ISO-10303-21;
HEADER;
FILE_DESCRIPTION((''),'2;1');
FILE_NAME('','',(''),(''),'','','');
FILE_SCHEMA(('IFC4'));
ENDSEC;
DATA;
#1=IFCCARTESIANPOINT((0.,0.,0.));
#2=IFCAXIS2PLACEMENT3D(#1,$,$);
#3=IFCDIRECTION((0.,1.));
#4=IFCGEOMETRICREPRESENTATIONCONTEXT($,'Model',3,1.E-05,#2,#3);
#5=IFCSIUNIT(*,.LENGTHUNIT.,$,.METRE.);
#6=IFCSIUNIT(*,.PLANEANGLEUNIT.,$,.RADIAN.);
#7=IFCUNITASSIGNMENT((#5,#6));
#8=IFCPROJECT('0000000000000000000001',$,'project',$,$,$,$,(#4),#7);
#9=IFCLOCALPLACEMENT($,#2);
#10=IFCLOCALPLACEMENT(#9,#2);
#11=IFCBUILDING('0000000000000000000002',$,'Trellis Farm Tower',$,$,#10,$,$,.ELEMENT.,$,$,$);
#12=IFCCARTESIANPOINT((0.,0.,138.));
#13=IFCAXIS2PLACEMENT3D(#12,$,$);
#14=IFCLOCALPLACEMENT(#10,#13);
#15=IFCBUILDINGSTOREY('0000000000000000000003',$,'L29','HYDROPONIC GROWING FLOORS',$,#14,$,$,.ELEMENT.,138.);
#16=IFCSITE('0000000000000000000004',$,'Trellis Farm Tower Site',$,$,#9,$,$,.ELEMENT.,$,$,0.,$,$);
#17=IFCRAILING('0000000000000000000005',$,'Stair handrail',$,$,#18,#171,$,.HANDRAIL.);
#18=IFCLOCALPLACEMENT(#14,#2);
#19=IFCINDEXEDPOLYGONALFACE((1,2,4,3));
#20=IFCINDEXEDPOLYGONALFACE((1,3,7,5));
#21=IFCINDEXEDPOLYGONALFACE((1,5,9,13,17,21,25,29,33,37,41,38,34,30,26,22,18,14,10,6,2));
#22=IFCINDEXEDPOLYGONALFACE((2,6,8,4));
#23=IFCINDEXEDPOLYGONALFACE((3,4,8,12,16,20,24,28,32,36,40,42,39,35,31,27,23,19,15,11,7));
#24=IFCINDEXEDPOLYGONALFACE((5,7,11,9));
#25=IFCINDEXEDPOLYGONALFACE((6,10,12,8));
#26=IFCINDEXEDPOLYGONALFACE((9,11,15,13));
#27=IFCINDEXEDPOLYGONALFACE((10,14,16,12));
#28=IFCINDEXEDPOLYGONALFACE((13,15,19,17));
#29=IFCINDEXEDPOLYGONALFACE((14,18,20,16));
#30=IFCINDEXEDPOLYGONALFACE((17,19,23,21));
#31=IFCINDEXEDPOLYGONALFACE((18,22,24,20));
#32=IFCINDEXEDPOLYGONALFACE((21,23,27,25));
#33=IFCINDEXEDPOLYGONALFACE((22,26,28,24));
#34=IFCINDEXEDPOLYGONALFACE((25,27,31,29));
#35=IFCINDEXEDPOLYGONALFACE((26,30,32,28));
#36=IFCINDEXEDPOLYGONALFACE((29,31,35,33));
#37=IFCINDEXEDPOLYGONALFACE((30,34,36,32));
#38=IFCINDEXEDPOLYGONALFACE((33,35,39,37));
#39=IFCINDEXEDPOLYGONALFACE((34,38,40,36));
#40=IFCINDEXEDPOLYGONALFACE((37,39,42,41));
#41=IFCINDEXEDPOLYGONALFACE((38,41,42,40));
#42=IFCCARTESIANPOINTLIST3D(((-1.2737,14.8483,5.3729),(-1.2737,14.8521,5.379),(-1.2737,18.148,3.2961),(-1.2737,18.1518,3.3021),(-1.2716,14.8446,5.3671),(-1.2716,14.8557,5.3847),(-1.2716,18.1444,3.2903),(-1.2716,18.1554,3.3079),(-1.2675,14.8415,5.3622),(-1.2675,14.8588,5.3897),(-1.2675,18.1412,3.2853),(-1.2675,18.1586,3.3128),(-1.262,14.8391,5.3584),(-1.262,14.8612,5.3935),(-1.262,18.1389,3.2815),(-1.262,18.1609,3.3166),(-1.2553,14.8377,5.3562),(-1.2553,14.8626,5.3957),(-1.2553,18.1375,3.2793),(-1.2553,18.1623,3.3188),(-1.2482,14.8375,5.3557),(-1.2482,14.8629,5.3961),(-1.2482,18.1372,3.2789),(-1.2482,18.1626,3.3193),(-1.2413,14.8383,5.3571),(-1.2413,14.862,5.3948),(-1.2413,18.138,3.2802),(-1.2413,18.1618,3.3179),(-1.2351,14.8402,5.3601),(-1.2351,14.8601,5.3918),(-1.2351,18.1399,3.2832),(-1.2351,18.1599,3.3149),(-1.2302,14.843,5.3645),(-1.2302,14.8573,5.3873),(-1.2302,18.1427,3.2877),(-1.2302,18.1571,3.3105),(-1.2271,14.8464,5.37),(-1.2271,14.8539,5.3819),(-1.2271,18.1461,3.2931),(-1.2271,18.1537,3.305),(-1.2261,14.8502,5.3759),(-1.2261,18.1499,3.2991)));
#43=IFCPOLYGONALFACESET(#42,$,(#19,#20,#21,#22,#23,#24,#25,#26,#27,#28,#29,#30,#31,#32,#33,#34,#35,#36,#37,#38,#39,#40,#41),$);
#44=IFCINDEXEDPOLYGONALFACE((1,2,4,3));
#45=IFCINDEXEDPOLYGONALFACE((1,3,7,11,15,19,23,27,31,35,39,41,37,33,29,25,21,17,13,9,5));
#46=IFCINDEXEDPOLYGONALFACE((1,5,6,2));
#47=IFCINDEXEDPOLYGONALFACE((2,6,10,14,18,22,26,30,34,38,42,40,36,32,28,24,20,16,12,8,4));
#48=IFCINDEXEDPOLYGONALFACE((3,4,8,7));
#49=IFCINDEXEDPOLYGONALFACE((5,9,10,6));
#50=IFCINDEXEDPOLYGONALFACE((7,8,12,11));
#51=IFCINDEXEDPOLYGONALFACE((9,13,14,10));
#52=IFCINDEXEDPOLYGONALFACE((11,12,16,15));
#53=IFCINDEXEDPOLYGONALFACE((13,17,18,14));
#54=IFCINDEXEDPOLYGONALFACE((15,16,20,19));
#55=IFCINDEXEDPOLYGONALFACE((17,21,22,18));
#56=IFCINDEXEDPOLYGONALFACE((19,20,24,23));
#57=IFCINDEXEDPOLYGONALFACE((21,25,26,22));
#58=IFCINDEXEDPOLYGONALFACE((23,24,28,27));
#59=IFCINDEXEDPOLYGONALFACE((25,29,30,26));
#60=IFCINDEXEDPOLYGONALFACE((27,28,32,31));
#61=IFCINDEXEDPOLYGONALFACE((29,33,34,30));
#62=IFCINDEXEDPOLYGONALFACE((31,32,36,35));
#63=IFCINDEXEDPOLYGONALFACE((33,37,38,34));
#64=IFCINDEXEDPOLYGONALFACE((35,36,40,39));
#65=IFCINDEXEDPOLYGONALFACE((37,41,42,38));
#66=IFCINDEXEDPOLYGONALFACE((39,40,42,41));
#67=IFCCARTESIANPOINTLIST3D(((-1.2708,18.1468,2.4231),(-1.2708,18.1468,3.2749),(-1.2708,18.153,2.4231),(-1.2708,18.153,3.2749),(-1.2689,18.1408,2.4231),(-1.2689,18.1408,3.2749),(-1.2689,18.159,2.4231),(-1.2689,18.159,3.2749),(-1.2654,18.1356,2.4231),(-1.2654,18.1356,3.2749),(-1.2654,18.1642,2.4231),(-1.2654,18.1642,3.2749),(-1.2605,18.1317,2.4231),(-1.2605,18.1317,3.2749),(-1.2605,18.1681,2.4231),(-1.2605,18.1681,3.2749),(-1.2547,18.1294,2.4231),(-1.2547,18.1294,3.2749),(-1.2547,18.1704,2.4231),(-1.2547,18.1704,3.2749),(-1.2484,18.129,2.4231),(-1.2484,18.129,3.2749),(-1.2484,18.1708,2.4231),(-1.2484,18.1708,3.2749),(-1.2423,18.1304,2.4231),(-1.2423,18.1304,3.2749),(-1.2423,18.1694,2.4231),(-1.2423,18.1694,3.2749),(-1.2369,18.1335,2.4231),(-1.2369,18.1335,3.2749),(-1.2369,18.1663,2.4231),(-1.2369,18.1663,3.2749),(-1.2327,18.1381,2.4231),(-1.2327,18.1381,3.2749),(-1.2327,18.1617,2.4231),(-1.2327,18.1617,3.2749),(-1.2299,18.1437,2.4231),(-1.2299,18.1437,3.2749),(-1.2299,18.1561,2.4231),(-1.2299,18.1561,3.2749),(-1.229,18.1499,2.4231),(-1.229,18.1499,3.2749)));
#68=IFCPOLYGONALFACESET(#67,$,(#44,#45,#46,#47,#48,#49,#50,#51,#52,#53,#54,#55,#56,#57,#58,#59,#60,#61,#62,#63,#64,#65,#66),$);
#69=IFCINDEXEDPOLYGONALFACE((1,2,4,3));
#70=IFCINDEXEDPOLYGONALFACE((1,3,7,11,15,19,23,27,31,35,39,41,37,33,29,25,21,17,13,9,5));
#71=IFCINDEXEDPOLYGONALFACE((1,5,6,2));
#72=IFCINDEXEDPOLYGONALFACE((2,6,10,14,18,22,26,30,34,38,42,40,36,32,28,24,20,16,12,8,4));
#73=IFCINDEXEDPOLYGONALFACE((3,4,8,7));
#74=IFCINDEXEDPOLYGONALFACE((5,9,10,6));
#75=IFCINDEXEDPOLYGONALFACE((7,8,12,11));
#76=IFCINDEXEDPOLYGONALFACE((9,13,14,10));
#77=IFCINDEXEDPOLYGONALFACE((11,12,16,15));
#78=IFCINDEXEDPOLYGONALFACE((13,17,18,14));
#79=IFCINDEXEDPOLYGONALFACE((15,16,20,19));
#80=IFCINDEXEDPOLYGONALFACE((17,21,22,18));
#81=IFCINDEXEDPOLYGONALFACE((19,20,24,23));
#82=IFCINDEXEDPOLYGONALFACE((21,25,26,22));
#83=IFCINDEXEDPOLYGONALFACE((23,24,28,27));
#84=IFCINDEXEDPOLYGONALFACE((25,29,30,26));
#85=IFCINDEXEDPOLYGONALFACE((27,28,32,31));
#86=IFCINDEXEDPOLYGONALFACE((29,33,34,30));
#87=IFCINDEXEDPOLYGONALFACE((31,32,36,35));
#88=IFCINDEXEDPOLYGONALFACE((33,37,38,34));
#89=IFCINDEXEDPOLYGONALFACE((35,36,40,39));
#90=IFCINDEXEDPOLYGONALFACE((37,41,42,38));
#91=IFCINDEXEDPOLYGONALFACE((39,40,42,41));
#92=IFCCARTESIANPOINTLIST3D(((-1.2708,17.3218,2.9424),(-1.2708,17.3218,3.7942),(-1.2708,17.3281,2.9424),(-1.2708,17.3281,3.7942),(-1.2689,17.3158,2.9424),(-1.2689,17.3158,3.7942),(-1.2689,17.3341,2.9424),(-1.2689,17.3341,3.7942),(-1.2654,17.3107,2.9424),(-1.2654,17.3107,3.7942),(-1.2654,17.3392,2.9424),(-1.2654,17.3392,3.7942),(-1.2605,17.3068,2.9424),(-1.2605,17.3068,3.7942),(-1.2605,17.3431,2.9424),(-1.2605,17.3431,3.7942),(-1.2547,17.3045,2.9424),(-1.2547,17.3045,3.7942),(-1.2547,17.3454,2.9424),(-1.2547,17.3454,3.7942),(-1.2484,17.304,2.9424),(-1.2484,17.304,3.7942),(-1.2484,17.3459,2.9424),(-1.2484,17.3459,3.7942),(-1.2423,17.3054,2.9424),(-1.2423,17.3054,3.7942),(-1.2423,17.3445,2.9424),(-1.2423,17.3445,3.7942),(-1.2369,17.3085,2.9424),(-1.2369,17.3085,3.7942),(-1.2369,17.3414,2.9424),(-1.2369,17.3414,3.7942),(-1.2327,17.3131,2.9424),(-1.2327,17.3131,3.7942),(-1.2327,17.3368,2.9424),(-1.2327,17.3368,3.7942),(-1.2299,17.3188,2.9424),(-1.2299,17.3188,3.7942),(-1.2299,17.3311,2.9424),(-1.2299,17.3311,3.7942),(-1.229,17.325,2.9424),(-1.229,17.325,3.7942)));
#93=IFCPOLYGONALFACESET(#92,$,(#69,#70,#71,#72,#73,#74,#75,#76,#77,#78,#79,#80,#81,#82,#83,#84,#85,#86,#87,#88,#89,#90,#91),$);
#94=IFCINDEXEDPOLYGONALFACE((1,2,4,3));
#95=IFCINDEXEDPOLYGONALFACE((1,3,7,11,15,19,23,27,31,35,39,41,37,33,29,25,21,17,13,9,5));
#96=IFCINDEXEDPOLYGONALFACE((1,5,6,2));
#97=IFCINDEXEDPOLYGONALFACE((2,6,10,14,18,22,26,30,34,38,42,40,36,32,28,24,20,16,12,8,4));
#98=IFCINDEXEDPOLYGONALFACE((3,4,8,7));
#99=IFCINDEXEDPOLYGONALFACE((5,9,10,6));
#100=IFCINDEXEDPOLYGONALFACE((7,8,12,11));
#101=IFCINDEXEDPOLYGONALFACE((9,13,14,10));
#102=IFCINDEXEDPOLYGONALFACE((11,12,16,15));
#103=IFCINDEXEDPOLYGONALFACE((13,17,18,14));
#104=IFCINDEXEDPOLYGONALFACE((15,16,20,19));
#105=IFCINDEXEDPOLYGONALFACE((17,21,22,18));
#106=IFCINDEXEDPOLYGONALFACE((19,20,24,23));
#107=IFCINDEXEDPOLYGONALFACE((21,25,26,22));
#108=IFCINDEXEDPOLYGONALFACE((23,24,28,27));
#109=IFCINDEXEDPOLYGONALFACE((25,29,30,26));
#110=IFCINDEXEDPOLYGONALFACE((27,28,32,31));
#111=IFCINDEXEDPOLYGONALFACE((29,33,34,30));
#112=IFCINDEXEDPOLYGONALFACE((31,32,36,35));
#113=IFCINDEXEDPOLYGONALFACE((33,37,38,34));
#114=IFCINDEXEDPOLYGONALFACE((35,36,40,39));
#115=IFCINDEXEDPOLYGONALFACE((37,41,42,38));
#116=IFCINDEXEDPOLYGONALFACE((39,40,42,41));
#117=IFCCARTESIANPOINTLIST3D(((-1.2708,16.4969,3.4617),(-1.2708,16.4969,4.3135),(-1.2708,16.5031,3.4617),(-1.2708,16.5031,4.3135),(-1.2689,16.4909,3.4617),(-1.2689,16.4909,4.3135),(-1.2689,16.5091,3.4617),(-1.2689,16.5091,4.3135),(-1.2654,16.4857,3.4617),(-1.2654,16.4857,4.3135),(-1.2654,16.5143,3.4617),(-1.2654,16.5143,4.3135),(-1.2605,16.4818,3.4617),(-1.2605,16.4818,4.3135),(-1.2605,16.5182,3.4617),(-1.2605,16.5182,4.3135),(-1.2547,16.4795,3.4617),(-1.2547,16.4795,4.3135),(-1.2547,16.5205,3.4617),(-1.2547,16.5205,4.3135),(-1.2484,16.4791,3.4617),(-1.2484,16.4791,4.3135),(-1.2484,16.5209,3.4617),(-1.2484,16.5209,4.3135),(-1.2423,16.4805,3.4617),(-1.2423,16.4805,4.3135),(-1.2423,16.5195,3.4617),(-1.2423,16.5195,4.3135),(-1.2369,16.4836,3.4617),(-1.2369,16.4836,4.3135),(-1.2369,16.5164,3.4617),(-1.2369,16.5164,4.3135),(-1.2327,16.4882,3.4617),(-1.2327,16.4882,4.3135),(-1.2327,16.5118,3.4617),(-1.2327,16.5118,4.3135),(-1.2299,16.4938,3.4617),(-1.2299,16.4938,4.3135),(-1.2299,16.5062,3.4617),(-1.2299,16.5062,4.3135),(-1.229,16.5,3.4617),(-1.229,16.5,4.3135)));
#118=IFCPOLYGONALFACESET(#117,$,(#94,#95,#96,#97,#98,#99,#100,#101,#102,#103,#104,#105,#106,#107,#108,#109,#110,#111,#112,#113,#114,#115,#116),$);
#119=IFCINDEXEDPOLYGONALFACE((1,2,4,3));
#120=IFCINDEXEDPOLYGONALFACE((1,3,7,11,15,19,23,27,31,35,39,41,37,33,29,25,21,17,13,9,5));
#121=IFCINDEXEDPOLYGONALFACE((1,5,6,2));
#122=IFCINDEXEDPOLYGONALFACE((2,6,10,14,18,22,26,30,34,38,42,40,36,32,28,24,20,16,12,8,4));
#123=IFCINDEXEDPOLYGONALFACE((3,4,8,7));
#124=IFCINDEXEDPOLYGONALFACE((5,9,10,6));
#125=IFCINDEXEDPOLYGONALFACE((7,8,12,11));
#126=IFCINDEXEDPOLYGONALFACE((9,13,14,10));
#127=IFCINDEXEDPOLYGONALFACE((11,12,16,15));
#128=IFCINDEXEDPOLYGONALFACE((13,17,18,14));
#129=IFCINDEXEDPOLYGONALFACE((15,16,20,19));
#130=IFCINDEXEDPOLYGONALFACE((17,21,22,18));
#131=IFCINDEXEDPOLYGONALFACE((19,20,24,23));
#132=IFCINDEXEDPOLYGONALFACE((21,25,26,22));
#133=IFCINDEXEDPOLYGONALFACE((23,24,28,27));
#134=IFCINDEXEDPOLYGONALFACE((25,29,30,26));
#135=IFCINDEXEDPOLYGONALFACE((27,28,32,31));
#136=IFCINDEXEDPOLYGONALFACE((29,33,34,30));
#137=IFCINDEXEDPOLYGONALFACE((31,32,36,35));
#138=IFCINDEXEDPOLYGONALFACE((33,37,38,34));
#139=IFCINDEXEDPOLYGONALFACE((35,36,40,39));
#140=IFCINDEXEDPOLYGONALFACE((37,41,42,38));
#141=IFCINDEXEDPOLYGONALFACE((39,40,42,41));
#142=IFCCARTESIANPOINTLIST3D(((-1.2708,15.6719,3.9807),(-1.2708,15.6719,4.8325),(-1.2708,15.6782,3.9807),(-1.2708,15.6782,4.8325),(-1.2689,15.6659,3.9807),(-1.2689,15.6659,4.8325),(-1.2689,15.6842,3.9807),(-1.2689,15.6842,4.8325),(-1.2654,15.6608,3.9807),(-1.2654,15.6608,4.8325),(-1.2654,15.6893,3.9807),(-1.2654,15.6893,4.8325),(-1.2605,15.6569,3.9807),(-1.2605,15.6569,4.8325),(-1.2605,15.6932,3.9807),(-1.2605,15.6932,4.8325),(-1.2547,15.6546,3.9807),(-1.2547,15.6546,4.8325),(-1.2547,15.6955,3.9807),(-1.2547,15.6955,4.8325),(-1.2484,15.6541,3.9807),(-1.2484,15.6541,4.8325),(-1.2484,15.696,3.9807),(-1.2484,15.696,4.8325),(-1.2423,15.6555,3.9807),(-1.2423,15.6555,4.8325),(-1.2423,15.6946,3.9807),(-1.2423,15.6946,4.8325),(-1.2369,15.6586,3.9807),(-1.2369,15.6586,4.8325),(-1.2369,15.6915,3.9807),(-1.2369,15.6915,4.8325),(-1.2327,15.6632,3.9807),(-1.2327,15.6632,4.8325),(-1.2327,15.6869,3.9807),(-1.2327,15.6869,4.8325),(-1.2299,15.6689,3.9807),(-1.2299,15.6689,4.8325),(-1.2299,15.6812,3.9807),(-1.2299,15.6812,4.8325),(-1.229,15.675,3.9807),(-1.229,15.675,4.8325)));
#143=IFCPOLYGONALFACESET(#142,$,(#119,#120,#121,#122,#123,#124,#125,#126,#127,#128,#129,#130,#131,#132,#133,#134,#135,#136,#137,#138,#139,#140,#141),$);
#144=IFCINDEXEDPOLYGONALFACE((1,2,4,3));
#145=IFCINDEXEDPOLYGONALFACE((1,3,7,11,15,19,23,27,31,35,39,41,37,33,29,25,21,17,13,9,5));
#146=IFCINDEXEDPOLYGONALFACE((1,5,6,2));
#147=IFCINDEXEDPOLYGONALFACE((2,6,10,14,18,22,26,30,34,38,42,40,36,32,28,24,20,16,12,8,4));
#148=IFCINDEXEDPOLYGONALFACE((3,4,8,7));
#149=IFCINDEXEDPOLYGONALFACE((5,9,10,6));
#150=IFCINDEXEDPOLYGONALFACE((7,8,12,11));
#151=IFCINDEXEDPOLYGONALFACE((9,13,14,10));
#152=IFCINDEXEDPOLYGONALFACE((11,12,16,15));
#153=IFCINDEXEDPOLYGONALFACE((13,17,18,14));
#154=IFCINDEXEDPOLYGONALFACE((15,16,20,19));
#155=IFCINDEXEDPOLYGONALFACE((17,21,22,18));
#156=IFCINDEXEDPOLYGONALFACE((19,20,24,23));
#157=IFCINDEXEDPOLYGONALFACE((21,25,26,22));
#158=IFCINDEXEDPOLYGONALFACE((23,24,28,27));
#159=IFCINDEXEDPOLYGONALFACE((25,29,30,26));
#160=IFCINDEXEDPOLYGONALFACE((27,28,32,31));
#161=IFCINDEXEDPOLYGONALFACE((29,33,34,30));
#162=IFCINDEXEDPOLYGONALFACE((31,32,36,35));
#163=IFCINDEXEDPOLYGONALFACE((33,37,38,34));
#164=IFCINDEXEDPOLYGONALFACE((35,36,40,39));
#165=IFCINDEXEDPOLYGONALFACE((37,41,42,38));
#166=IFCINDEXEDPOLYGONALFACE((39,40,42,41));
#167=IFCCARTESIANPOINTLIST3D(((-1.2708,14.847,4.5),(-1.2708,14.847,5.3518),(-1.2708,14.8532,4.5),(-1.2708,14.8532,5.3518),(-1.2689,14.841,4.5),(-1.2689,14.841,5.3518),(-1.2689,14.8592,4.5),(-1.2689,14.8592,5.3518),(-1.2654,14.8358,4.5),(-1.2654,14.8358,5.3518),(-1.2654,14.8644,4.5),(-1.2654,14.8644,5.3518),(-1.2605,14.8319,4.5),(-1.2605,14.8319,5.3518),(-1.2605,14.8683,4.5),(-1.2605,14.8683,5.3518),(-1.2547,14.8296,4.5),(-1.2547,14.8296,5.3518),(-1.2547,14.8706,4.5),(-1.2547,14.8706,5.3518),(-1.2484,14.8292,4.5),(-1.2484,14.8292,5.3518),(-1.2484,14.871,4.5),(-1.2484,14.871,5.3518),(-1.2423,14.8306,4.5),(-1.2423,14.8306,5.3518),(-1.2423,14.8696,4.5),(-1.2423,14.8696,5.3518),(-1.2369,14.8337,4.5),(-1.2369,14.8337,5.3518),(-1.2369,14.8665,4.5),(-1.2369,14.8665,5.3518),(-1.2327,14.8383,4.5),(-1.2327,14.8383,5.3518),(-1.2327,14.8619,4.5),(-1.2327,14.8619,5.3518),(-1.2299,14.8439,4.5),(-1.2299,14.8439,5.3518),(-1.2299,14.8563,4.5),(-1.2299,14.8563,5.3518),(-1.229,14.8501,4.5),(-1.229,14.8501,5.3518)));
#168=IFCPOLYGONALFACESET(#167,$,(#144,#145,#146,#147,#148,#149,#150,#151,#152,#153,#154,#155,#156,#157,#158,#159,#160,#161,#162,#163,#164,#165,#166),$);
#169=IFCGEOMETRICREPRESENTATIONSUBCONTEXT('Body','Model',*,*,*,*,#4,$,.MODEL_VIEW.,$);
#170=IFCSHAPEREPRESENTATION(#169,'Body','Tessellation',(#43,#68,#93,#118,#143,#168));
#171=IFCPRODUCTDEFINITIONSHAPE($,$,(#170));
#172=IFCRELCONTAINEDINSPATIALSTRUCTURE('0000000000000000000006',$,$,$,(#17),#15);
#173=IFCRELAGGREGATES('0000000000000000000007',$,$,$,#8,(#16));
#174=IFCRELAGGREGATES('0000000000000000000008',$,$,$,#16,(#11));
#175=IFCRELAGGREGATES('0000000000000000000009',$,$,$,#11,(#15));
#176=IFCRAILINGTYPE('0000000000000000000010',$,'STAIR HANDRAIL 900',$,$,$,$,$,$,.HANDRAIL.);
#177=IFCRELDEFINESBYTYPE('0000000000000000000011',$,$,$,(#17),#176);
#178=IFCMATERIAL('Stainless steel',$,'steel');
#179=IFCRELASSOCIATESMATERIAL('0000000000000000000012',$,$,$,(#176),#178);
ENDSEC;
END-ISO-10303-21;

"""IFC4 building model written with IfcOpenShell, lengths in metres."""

from ifc_helpers import new_model, si_unit, direction, frame, origin, origin_2d, place, context, subcontext, project, spatial, circle, extrude, source, transform, mapped, material, type_object, element, save


model = new_model("IFC4")

# Units and contexts
model_context = context("Model", 3, precision=1e-05, world=origin(), true_north=direction((0.0, 1.0)))
body_context = subcontext(model_context, "Body", "Model", "MODEL_VIEW")
ifc_project = project(units=[si_unit("LENGTHUNIT", "METRE"), si_unit("PLANEANGLEUNIT", "RADIAN")], contexts=[model_context])

# Site, building, storey
site_placement = place(None, origin())
site = spatial("IfcSite", under=ifc_project, at=site_placement, Name="Trellis Farm Tower Site", CompositionType="ELEMENT", RefElevation=0.0)
building_placement = place(site_placement, origin())
building = spatial("IfcBuilding", under=site, at=building_placement, Name="Trellis Farm Tower", CompositionType="ELEMENT")
storey_placement = place(building_placement, frame((0.0, 0.0, 138.0)))
storey = spatial("IfcBuildingStorey", under=building, at=storey_placement, Name="L29", Description="HYDROPONIC GROWING FLOORS", CompositionType="ELEMENT", Elevation=138.0)

# Railing
ifc_material_1 = material(Name="Stainless steel", Category="steel")
railing_type = type_object("IfcRailingType", Name="STAIR HANDRAIL 900", PredefinedType="HANDRAIL", material=ifc_material_1)
shared_shape_1 = source(origin(), body_context, "Body", "SweptSolid", [
    extrude(circle(Radius=0.0239, at=origin_2d()), frame((0.0, 0.0, 0.876), z_axis=(0.0, -0.84632, 0.532675), x_axis=(1.0, 0.0, 0.0)), (0.0, 0.0, 1.0), 3.8989),
    extrude(circle(Radius=0.021, at=origin_2d()), origin(), (0.0, 0.0, 1.0), 0.8518),
    extrude(circle(Radius=0.021, at=origin_2d()), frame((0.0, -0.825, 0.5193)), (0.0, 0.0, 1.0), 0.8518),
    extrude(circle(Radius=0.021, at=origin_2d()), frame((0.0, -1.6499, 1.0386)), (0.0, 0.0, 1.0), 0.8518),
    extrude(circle(Radius=0.021, at=origin_2d()), frame((0.0, -2.4749, 1.5576)), (0.0, 0.0, 1.0), 0.8518),
    extrude(circle(Radius=0.021, at=origin_2d()), frame((0.0, -3.2998, 2.0769)), (0.0, 0.0, 1.0), 0.8518),
])
railing_placement = place(storey_placement, frame((-1.25, 18.1499, 2.4231)))
element("IfcRailing", 1, at=railing_placement, inside=storey, type_object=railing_type, Name="Stair handrail", PredefinedType="HANDRAIL", context=body_context, shape_type="MappedRepresentation", body=[
    mapped(shared_shape_1, transform((0.0, 0.0, 0.0))),
])

save(model, "model.ifc")
